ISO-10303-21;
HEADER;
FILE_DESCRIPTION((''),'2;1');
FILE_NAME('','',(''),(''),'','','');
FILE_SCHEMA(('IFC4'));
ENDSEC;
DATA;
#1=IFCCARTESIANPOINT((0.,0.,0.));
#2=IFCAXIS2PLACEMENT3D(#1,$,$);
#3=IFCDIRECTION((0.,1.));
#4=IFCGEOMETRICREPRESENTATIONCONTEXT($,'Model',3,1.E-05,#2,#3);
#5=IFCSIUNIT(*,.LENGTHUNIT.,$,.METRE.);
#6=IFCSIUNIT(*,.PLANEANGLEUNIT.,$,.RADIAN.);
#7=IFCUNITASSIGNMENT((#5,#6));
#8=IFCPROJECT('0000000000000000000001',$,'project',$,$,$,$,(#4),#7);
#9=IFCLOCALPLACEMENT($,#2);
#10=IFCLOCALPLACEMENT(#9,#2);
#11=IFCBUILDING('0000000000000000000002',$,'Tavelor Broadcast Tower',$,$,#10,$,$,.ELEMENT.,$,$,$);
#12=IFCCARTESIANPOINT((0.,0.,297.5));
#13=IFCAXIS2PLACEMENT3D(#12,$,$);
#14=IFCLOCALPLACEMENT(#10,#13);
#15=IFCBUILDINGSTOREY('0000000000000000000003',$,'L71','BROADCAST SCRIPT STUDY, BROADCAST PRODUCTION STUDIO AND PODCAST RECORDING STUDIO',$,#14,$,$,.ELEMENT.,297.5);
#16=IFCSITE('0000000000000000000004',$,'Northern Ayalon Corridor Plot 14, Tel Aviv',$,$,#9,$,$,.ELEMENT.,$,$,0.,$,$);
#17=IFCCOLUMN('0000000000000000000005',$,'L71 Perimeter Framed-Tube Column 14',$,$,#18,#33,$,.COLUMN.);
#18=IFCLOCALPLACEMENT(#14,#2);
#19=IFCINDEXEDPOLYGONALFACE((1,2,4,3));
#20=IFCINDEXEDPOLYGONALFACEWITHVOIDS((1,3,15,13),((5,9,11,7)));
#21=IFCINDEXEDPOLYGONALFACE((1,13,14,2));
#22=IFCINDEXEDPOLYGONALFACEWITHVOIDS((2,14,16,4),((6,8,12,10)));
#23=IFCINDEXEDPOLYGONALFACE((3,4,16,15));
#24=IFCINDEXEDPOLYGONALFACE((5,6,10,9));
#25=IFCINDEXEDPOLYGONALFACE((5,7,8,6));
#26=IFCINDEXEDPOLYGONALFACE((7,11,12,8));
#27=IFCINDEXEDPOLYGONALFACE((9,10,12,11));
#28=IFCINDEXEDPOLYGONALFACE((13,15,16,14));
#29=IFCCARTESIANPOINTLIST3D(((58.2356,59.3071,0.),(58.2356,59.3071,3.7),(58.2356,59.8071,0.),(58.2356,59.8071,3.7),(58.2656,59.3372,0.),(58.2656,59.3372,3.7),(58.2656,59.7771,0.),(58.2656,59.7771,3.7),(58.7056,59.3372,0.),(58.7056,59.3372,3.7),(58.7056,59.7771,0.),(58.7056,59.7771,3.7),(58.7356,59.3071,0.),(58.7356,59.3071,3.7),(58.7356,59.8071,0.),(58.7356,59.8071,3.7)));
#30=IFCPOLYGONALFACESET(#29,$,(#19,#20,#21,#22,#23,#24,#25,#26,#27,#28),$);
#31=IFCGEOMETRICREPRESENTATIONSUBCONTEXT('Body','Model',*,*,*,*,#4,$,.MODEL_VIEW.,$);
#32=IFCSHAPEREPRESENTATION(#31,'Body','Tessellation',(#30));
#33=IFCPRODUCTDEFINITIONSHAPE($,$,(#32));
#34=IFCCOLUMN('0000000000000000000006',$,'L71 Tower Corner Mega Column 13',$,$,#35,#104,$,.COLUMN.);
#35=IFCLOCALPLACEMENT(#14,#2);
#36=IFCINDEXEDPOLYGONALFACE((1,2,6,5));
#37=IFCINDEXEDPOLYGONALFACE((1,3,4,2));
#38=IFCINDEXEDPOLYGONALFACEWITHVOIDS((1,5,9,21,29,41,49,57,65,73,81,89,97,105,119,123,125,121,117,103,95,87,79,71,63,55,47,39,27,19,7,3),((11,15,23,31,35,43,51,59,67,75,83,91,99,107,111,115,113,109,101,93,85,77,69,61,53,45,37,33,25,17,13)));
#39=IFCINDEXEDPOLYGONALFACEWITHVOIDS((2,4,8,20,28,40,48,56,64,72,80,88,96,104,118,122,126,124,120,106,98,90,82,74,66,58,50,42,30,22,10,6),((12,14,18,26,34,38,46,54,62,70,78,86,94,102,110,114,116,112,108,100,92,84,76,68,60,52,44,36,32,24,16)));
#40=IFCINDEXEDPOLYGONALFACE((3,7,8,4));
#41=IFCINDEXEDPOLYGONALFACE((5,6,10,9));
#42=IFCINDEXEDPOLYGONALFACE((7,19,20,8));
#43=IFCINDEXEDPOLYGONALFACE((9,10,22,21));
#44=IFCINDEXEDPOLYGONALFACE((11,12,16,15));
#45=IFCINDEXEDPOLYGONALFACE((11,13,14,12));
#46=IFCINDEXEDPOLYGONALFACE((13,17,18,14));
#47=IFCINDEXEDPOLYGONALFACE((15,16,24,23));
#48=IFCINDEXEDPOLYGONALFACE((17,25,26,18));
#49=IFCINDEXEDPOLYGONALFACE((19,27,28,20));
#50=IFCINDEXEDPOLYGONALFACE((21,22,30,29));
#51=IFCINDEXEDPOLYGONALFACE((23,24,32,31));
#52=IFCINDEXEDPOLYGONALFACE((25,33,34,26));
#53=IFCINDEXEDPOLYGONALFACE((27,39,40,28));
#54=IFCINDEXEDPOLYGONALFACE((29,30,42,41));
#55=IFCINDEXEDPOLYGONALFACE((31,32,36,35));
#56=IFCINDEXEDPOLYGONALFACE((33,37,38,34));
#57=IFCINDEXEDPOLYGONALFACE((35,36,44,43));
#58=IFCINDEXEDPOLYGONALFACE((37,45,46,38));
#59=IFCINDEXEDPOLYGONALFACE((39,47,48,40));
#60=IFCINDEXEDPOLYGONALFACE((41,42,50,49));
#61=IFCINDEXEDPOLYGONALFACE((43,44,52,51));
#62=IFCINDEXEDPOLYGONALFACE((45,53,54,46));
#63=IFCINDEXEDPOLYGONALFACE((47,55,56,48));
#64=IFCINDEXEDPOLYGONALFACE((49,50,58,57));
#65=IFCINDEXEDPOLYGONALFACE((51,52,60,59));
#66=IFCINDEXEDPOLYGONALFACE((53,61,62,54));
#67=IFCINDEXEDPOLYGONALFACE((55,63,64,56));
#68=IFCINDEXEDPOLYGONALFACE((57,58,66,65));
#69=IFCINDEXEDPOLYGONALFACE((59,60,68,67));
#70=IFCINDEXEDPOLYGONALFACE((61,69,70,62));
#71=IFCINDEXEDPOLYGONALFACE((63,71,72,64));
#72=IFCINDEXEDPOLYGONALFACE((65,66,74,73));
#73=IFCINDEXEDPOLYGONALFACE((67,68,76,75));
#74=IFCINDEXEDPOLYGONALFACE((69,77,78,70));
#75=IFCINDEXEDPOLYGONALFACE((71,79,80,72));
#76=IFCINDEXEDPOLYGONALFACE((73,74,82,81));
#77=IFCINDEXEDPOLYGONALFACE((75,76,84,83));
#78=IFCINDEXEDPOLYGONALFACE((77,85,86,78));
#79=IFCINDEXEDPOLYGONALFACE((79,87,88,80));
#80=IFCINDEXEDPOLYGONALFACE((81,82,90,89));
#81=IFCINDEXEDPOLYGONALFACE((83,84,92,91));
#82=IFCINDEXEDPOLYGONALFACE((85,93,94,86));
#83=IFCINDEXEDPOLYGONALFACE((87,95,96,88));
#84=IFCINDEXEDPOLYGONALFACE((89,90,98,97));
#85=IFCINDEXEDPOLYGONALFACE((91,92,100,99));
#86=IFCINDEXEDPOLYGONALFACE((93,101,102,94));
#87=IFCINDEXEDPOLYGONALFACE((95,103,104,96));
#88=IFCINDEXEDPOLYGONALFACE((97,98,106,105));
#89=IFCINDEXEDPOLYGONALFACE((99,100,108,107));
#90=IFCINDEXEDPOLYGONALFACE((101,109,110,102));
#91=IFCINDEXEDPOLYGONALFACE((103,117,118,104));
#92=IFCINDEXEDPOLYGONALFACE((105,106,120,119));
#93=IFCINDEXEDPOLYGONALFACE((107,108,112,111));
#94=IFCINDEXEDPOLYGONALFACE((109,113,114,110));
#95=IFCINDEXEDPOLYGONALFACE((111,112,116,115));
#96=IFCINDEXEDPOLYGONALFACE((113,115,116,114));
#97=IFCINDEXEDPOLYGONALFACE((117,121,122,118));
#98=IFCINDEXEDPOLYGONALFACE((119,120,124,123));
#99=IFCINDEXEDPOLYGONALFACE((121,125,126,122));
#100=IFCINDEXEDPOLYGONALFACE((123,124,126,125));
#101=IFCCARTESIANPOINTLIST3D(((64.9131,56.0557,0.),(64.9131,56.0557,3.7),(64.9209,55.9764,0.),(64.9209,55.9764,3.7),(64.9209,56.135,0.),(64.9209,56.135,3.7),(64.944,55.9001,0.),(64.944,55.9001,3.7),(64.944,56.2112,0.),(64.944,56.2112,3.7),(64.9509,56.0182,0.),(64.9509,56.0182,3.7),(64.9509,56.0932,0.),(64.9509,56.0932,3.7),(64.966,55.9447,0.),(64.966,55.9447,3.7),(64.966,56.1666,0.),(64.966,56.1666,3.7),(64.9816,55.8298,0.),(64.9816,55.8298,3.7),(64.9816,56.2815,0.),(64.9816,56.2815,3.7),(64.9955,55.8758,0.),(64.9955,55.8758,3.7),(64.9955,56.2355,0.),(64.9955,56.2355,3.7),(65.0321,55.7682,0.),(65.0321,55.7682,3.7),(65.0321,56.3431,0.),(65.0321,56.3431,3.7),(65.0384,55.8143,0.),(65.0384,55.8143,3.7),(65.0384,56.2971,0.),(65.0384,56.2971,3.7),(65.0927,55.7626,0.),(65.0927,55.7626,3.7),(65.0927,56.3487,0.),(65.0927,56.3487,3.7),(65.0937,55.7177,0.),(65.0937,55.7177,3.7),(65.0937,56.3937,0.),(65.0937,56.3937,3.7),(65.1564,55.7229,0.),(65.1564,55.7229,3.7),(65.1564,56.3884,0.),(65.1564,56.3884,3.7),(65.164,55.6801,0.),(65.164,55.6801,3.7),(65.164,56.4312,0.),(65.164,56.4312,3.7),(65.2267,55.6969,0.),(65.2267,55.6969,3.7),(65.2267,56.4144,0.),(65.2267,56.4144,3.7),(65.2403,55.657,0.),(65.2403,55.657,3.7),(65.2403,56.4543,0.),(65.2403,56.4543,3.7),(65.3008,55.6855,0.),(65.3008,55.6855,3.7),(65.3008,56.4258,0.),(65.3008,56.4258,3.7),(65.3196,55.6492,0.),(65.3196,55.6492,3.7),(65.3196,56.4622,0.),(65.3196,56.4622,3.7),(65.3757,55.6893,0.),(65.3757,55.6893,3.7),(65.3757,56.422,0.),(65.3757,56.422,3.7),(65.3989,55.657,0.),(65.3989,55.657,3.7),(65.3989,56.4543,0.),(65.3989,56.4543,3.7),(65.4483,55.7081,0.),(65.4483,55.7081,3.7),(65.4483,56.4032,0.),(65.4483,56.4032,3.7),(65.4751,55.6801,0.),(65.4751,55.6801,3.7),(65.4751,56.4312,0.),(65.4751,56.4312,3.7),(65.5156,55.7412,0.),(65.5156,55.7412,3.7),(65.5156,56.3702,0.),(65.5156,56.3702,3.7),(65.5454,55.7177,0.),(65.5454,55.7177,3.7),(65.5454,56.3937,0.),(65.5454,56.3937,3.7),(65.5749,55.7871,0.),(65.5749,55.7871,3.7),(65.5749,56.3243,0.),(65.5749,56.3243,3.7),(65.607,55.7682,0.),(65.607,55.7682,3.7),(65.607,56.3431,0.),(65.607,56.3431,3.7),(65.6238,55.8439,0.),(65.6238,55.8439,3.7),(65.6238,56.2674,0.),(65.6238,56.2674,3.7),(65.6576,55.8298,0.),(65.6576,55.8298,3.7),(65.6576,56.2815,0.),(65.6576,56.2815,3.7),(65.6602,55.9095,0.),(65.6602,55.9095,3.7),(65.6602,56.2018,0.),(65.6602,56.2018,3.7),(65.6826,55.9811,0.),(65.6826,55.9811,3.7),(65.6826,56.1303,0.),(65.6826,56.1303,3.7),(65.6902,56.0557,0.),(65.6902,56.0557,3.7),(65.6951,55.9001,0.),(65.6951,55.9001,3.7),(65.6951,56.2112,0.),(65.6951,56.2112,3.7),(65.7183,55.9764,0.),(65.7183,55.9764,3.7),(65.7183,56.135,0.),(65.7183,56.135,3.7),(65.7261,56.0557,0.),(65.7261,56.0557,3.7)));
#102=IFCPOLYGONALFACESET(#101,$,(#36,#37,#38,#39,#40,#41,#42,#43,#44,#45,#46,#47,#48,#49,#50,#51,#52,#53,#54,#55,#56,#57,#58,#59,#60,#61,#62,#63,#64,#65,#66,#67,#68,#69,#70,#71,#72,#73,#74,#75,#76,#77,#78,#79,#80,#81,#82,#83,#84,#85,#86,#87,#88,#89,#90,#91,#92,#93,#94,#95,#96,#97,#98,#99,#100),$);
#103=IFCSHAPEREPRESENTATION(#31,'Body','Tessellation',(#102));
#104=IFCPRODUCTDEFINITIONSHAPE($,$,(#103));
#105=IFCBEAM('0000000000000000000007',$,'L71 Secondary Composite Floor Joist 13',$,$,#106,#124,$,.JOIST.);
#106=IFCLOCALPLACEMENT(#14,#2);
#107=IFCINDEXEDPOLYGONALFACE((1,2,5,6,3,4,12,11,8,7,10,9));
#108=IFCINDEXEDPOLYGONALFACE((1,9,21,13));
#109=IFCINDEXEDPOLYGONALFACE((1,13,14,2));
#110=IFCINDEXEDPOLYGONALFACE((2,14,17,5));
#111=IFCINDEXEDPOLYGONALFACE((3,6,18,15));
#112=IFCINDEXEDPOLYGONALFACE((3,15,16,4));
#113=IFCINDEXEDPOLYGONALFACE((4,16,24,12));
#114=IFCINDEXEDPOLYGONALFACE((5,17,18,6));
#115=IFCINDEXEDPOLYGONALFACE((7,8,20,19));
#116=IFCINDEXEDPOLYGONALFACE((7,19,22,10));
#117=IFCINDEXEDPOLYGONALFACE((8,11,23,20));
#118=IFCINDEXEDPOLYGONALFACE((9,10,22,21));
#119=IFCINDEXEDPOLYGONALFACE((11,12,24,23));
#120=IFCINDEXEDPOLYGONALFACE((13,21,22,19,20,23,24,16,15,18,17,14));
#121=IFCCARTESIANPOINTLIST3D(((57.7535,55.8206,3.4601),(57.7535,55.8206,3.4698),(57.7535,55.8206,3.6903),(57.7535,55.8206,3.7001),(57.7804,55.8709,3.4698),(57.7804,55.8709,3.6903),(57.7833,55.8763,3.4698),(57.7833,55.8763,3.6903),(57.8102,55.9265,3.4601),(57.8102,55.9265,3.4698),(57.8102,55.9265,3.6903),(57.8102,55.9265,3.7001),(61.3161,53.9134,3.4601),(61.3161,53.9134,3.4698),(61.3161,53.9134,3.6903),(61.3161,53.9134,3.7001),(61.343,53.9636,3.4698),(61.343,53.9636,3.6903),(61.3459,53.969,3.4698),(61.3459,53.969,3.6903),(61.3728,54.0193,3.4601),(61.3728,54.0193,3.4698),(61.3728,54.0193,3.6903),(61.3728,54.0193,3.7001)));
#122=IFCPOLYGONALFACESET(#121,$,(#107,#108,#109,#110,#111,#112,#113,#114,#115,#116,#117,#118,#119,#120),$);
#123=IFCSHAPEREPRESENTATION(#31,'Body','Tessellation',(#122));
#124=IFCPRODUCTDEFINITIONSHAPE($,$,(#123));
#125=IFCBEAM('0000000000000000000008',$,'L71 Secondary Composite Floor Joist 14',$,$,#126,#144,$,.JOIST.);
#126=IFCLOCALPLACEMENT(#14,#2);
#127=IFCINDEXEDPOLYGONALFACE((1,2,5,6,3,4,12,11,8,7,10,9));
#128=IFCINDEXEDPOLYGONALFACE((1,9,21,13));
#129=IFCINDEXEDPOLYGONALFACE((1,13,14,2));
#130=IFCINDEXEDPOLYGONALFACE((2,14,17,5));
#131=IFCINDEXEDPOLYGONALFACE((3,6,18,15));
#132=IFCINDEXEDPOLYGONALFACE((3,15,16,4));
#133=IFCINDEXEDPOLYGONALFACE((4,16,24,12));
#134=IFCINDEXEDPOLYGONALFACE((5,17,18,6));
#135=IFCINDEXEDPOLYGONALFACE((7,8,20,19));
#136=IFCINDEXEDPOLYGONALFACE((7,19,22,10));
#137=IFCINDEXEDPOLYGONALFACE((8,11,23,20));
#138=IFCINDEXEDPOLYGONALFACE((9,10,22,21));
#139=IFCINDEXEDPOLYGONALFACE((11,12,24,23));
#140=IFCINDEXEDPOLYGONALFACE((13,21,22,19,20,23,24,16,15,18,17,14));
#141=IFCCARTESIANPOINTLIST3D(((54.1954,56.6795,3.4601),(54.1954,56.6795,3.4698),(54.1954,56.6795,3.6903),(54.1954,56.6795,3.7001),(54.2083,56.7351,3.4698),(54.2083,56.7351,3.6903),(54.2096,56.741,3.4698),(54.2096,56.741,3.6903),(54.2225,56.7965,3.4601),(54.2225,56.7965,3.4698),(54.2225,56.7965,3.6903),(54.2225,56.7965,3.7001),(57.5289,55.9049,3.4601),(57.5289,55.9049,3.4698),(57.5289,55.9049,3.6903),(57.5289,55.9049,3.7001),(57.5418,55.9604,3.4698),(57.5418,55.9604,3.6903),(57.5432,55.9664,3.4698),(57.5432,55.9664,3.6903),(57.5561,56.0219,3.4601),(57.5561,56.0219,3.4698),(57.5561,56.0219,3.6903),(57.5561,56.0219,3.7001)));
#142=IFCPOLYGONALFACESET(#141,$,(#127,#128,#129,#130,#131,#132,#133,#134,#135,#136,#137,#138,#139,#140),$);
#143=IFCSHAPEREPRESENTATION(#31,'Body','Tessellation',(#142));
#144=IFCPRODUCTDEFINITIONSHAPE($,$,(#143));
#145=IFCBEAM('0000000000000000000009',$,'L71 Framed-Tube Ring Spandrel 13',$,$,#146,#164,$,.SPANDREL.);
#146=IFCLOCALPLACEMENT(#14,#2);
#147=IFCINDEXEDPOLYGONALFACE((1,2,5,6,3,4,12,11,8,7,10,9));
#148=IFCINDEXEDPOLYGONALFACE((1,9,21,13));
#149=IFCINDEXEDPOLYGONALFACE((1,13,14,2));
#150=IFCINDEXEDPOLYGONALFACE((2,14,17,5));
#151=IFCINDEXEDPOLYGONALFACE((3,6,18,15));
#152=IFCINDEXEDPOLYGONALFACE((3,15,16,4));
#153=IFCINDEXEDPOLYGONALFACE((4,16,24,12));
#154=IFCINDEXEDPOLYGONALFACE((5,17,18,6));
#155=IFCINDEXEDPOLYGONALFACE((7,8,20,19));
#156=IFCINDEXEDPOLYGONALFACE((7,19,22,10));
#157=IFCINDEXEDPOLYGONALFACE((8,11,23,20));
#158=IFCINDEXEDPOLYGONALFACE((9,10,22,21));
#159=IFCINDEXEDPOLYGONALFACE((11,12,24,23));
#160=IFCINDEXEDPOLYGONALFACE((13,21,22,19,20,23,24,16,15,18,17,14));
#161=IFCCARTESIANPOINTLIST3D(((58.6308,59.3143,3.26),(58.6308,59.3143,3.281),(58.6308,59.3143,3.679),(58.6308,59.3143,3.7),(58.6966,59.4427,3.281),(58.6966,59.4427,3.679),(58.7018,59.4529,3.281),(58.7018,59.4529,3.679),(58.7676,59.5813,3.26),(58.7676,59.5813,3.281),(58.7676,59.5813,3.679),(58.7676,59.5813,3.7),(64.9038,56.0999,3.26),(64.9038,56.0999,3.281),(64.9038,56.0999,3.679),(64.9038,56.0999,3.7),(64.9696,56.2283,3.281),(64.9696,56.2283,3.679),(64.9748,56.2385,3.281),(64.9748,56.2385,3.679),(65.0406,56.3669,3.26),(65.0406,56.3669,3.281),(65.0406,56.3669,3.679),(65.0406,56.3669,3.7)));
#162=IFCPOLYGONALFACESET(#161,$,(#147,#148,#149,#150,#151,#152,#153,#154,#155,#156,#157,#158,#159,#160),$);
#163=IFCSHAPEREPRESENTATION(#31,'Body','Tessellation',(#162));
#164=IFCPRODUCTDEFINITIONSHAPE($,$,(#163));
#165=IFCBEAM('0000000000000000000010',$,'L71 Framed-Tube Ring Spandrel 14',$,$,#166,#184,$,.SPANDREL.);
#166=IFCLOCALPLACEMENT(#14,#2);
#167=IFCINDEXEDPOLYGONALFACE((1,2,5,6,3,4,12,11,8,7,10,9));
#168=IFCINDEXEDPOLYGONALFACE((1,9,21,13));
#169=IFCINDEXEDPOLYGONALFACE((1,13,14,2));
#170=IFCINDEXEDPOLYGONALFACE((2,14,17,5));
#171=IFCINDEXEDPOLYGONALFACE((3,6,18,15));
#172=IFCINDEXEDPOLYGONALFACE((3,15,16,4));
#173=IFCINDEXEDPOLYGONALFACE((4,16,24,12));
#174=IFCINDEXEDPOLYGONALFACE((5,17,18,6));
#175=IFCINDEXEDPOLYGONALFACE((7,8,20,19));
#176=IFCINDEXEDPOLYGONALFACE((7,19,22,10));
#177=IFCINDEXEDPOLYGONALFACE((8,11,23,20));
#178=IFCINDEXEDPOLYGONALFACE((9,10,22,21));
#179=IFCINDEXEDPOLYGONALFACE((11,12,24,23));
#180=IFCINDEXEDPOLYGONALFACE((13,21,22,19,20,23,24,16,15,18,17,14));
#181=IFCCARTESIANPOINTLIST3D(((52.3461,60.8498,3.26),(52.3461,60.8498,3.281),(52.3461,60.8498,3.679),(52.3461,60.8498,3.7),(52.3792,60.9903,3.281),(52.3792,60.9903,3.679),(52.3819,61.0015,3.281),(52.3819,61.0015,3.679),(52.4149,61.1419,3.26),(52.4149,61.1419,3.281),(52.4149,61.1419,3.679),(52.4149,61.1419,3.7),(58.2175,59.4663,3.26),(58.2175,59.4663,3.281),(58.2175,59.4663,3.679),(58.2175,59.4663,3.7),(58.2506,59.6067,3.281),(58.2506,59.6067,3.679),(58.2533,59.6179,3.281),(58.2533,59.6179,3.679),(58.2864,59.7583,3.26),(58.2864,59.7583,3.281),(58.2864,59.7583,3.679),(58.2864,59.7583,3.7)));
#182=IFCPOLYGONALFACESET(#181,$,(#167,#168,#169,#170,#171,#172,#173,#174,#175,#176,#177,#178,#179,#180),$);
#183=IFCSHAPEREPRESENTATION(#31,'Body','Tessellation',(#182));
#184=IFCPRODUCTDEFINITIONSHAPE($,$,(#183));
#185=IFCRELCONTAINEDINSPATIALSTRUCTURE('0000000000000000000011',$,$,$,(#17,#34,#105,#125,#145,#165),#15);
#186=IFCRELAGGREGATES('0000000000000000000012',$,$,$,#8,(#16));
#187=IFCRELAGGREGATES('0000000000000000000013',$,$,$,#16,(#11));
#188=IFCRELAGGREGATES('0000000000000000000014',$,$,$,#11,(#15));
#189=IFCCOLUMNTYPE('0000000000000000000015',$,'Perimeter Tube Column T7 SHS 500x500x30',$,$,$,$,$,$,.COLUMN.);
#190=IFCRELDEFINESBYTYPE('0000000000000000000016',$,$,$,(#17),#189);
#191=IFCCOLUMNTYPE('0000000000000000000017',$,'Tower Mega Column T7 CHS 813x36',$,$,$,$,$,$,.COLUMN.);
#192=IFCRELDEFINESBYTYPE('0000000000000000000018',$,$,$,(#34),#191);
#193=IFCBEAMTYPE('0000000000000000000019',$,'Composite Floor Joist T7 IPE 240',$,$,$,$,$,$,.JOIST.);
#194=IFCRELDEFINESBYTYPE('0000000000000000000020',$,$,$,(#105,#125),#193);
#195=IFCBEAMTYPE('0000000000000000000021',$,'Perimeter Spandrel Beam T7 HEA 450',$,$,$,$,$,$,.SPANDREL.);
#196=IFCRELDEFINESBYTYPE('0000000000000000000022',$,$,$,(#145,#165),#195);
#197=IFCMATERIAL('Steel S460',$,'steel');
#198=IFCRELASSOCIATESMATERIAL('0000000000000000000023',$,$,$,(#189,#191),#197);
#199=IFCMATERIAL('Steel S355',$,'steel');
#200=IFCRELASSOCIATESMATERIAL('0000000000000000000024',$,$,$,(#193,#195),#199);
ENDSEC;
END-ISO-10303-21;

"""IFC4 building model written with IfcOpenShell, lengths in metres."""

from ifc_helpers import new_model, si_unit, direction, frame, origin, origin_2d, place, context, subcontext, project, spatial, hollow_rectangle, hollow_circle, i_section, extrude, material, material_profile, profile_set, type_object, element, save


model = new_model("IFC4")

# Units and contexts
model_context = context("Model", 3, precision=1e-05, world=origin(), true_north=direction((0.0, 1.0)))
body_context = subcontext(model_context, "Body", "Model", "MODEL_VIEW")
ifc_project = project(units=[si_unit("LENGTHUNIT", "METRE"), si_unit("PLANEANGLEUNIT", "RADIAN")], contexts=[model_context])

# Site, building, storey
site_placement = place(None, origin())
site = spatial("IfcSite", under=ifc_project, at=site_placement, Name="Northern Ayalon Corridor Plot 14, Tel Aviv", CompositionType="ELEMENT", RefElevation=0.0)
building_placement = place(site_placement, origin())
building = spatial("IfcBuilding", under=site, at=building_placement, Name="Tavelor Broadcast Tower", CompositionType="ELEMENT")
storey_placement = place(building_placement, frame((0.0, 0.0, 297.5)))
storey = spatial("IfcBuildingStorey", under=building, at=storey_placement, Name="L71", Description="BROADCAST SCRIPT STUDY, BROADCAST PRODUCTION STUDIO AND PODCAST RECORDING STUDIO", CompositionType="ELEMENT", Elevation=297.5)

# Columns
ifc_material_1 = material(Name="Steel S460", Category="steel")
ifc_material_profile_1 = material_profile(ifc_material_1, hollow_rectangle(XDim=0.5, YDim=0.5, WallThickness=0.03, at=origin_2d()), Name="SHS 500x500x30")
ifc_profile_set_1 = profile_set([ifc_material_profile_1], Name="Steel S460")
column_type_1 = type_object("IfcColumnType", Name="Perimeter Tube Column T7 SHS 500x500x30", PredefinedType="COLUMN", material=ifc_profile_set_1)
column_1_placement = place(storey_placement, frame((58.4856, 59.5571, 0.0), z_axis=(0.0, 0.0, 1.0), x_axis=(1.0, 0.0, 0.0)))
element("IfcColumn", 1, at=column_1_placement, inside=storey, type_object=column_type_1, Name="L71 Perimeter Framed-Tube Column 14", PredefinedType="COLUMN", context=body_context, shape_type="SweptSolid", body=[
    extrude(hollow_rectangle(XDim=0.5, YDim=0.5, WallThickness=0.03, at=origin_2d()), origin(), (0.0, 0.0, 1.0), 3.7),
])
ifc_material_profile_2 = material_profile(ifc_material_1, hollow_circle(Radius=0.4065, WallThickness=0.0359, at=origin_2d()), Name="CHS 813x36")
ifc_profile_set_2 = profile_set([ifc_material_profile_2], Name="Steel S460")
column_type_2 = type_object("IfcColumnType", Name="Tower Mega Column T7 CHS 813x36", PredefinedType="COLUMN", material=ifc_profile_set_2)
column_2_placement = place(storey_placement, frame((65.3196, 56.0557, 0.0), z_axis=(0.0, 0.0, 1.0), x_axis=(1.0, 0.0, 0.0)))
element("IfcColumn", 2, at=column_2_placement, inside=storey, type_object=column_type_2, Name="L71 Tower Corner Mega Column 13", PredefinedType="COLUMN", context=body_context, shape_type="SweptSolid", body=[
    extrude(hollow_circle(Radius=0.4065, WallThickness=0.0359, at=origin_2d()), origin(), (0.0, 0.0, 1.0), 3.7),
])

# Beams
ifc_material_2 = material(Name="Steel S355", Category="steel")
ifc_material_profile_3 = material_profile(ifc_material_2, i_section(OverallWidth=0.1201, OverallDepth=0.24, WebThickness=0.0061, FlangeThickness=0.0098, at=origin_2d()), Name="IPE 240")
ifc_profile_set_3 = profile_set([ifc_material_profile_3], Name="Steel S355")
beam_type_1 = type_object("IfcBeamType", Name="Composite Floor Joist T7 IPE 240", PredefinedType="JOIST", material=ifc_profile_set_3)
beam_1_placement = place(storey_placement, frame((61.3445, 53.9663, 3.5801), z_axis=(-0.881609, 0.47198, 0.0), x_axis=(-0.47198, -0.881609, 0.0)))
element("IfcBeam", 3, at=beam_1_placement, inside=storey, type_object=beam_type_1, Name="L71 Secondary Composite Floor Joist 13", PredefinedType="JOIST", context=body_context, shape_type="SweptSolid", body=[
    extrude(i_section(OverallWidth=0.1201, OverallDepth=0.24, WebThickness=0.0061, FlangeThickness=0.0098, at=origin_2d()), origin(), (0.0, 0.0, 1.0), 4.041),
])
beam_2_placement = place(storey_placement, frame((57.5425, 55.9634, 3.5801), z_axis=(-0.974045, 0.226355, 0.0), x_axis=(-0.226355, -0.974045, 0.0)))
element("IfcBeam", 4, at=beam_2_placement, inside=storey, type_object=beam_type_1, Name="L71 Secondary Composite Floor Joist 14", PredefinedType="JOIST", context=body_context, shape_type="SweptSolid", body=[
    extrude(i_section(OverallWidth=0.1201, OverallDepth=0.24, WebThickness=0.0061, FlangeThickness=0.0098, at=origin_2d()), origin(), (0.0, 0.0, 1.0), 3.4224),
])
ifc_material_profile_4 = material_profile(ifc_material_2, i_section(OverallWidth=0.3, OverallDepth=0.4399, WebThickness=0.0115, FlangeThickness=0.021, at=origin_2d()), Name="HEA 450")
ifc_profile_set_4 = profile_set([ifc_material_profile_4], Name="Steel S355")
beam_type_2 = type_object("IfcBeamType", Name="Perimeter Spandrel Beam T7 HEA 450", PredefinedType="SPANDREL", material=ifc_profile_set_4)
beam_3_placement = place(storey_placement, frame((64.9722, 56.2334, 3.48), z_axis=(-0.889964, 0.456031, 0.0), x_axis=(-0.456031, -0.889964, 0.0)))
element("IfcBeam", 5, at=beam_3_placement, inside=storey, type_object=beam_type_2, Name="L71 Framed-Tube Ring Spandrel 13", PredefinedType="SPANDREL", context=body_context, shape_type="SweptSolid", body=[
    extrude(i_section(OverallWidth=0.3, OverallDepth=0.4399, WebThickness=0.0115, FlangeThickness=0.021, at=origin_2d()), origin(), (0.0, 0.0, 1.0), 7.0486),
])
beam_4_placement = place(storey_placement, frame((58.252, 59.6123, 3.48), z_axis=(-0.973341, 0.229362, 0.0), x_axis=(-0.229362, -0.973341, 0.0)))
element("IfcBeam", 6, at=beam_4_placement, inside=storey, type_object=beam_type_2, Name="L71 Framed-Tube Ring Spandrel 14", PredefinedType="SPANDREL", context=body_context, shape_type="SweptSolid", body=[
    extrude(i_section(OverallWidth=0.3, OverallDepth=0.4399, WebThickness=0.0115, FlangeThickness=0.021, at=origin_2d()), origin(), (0.0, 0.0, 1.0), 6.0322),
])

save(model, "model.ifc")
